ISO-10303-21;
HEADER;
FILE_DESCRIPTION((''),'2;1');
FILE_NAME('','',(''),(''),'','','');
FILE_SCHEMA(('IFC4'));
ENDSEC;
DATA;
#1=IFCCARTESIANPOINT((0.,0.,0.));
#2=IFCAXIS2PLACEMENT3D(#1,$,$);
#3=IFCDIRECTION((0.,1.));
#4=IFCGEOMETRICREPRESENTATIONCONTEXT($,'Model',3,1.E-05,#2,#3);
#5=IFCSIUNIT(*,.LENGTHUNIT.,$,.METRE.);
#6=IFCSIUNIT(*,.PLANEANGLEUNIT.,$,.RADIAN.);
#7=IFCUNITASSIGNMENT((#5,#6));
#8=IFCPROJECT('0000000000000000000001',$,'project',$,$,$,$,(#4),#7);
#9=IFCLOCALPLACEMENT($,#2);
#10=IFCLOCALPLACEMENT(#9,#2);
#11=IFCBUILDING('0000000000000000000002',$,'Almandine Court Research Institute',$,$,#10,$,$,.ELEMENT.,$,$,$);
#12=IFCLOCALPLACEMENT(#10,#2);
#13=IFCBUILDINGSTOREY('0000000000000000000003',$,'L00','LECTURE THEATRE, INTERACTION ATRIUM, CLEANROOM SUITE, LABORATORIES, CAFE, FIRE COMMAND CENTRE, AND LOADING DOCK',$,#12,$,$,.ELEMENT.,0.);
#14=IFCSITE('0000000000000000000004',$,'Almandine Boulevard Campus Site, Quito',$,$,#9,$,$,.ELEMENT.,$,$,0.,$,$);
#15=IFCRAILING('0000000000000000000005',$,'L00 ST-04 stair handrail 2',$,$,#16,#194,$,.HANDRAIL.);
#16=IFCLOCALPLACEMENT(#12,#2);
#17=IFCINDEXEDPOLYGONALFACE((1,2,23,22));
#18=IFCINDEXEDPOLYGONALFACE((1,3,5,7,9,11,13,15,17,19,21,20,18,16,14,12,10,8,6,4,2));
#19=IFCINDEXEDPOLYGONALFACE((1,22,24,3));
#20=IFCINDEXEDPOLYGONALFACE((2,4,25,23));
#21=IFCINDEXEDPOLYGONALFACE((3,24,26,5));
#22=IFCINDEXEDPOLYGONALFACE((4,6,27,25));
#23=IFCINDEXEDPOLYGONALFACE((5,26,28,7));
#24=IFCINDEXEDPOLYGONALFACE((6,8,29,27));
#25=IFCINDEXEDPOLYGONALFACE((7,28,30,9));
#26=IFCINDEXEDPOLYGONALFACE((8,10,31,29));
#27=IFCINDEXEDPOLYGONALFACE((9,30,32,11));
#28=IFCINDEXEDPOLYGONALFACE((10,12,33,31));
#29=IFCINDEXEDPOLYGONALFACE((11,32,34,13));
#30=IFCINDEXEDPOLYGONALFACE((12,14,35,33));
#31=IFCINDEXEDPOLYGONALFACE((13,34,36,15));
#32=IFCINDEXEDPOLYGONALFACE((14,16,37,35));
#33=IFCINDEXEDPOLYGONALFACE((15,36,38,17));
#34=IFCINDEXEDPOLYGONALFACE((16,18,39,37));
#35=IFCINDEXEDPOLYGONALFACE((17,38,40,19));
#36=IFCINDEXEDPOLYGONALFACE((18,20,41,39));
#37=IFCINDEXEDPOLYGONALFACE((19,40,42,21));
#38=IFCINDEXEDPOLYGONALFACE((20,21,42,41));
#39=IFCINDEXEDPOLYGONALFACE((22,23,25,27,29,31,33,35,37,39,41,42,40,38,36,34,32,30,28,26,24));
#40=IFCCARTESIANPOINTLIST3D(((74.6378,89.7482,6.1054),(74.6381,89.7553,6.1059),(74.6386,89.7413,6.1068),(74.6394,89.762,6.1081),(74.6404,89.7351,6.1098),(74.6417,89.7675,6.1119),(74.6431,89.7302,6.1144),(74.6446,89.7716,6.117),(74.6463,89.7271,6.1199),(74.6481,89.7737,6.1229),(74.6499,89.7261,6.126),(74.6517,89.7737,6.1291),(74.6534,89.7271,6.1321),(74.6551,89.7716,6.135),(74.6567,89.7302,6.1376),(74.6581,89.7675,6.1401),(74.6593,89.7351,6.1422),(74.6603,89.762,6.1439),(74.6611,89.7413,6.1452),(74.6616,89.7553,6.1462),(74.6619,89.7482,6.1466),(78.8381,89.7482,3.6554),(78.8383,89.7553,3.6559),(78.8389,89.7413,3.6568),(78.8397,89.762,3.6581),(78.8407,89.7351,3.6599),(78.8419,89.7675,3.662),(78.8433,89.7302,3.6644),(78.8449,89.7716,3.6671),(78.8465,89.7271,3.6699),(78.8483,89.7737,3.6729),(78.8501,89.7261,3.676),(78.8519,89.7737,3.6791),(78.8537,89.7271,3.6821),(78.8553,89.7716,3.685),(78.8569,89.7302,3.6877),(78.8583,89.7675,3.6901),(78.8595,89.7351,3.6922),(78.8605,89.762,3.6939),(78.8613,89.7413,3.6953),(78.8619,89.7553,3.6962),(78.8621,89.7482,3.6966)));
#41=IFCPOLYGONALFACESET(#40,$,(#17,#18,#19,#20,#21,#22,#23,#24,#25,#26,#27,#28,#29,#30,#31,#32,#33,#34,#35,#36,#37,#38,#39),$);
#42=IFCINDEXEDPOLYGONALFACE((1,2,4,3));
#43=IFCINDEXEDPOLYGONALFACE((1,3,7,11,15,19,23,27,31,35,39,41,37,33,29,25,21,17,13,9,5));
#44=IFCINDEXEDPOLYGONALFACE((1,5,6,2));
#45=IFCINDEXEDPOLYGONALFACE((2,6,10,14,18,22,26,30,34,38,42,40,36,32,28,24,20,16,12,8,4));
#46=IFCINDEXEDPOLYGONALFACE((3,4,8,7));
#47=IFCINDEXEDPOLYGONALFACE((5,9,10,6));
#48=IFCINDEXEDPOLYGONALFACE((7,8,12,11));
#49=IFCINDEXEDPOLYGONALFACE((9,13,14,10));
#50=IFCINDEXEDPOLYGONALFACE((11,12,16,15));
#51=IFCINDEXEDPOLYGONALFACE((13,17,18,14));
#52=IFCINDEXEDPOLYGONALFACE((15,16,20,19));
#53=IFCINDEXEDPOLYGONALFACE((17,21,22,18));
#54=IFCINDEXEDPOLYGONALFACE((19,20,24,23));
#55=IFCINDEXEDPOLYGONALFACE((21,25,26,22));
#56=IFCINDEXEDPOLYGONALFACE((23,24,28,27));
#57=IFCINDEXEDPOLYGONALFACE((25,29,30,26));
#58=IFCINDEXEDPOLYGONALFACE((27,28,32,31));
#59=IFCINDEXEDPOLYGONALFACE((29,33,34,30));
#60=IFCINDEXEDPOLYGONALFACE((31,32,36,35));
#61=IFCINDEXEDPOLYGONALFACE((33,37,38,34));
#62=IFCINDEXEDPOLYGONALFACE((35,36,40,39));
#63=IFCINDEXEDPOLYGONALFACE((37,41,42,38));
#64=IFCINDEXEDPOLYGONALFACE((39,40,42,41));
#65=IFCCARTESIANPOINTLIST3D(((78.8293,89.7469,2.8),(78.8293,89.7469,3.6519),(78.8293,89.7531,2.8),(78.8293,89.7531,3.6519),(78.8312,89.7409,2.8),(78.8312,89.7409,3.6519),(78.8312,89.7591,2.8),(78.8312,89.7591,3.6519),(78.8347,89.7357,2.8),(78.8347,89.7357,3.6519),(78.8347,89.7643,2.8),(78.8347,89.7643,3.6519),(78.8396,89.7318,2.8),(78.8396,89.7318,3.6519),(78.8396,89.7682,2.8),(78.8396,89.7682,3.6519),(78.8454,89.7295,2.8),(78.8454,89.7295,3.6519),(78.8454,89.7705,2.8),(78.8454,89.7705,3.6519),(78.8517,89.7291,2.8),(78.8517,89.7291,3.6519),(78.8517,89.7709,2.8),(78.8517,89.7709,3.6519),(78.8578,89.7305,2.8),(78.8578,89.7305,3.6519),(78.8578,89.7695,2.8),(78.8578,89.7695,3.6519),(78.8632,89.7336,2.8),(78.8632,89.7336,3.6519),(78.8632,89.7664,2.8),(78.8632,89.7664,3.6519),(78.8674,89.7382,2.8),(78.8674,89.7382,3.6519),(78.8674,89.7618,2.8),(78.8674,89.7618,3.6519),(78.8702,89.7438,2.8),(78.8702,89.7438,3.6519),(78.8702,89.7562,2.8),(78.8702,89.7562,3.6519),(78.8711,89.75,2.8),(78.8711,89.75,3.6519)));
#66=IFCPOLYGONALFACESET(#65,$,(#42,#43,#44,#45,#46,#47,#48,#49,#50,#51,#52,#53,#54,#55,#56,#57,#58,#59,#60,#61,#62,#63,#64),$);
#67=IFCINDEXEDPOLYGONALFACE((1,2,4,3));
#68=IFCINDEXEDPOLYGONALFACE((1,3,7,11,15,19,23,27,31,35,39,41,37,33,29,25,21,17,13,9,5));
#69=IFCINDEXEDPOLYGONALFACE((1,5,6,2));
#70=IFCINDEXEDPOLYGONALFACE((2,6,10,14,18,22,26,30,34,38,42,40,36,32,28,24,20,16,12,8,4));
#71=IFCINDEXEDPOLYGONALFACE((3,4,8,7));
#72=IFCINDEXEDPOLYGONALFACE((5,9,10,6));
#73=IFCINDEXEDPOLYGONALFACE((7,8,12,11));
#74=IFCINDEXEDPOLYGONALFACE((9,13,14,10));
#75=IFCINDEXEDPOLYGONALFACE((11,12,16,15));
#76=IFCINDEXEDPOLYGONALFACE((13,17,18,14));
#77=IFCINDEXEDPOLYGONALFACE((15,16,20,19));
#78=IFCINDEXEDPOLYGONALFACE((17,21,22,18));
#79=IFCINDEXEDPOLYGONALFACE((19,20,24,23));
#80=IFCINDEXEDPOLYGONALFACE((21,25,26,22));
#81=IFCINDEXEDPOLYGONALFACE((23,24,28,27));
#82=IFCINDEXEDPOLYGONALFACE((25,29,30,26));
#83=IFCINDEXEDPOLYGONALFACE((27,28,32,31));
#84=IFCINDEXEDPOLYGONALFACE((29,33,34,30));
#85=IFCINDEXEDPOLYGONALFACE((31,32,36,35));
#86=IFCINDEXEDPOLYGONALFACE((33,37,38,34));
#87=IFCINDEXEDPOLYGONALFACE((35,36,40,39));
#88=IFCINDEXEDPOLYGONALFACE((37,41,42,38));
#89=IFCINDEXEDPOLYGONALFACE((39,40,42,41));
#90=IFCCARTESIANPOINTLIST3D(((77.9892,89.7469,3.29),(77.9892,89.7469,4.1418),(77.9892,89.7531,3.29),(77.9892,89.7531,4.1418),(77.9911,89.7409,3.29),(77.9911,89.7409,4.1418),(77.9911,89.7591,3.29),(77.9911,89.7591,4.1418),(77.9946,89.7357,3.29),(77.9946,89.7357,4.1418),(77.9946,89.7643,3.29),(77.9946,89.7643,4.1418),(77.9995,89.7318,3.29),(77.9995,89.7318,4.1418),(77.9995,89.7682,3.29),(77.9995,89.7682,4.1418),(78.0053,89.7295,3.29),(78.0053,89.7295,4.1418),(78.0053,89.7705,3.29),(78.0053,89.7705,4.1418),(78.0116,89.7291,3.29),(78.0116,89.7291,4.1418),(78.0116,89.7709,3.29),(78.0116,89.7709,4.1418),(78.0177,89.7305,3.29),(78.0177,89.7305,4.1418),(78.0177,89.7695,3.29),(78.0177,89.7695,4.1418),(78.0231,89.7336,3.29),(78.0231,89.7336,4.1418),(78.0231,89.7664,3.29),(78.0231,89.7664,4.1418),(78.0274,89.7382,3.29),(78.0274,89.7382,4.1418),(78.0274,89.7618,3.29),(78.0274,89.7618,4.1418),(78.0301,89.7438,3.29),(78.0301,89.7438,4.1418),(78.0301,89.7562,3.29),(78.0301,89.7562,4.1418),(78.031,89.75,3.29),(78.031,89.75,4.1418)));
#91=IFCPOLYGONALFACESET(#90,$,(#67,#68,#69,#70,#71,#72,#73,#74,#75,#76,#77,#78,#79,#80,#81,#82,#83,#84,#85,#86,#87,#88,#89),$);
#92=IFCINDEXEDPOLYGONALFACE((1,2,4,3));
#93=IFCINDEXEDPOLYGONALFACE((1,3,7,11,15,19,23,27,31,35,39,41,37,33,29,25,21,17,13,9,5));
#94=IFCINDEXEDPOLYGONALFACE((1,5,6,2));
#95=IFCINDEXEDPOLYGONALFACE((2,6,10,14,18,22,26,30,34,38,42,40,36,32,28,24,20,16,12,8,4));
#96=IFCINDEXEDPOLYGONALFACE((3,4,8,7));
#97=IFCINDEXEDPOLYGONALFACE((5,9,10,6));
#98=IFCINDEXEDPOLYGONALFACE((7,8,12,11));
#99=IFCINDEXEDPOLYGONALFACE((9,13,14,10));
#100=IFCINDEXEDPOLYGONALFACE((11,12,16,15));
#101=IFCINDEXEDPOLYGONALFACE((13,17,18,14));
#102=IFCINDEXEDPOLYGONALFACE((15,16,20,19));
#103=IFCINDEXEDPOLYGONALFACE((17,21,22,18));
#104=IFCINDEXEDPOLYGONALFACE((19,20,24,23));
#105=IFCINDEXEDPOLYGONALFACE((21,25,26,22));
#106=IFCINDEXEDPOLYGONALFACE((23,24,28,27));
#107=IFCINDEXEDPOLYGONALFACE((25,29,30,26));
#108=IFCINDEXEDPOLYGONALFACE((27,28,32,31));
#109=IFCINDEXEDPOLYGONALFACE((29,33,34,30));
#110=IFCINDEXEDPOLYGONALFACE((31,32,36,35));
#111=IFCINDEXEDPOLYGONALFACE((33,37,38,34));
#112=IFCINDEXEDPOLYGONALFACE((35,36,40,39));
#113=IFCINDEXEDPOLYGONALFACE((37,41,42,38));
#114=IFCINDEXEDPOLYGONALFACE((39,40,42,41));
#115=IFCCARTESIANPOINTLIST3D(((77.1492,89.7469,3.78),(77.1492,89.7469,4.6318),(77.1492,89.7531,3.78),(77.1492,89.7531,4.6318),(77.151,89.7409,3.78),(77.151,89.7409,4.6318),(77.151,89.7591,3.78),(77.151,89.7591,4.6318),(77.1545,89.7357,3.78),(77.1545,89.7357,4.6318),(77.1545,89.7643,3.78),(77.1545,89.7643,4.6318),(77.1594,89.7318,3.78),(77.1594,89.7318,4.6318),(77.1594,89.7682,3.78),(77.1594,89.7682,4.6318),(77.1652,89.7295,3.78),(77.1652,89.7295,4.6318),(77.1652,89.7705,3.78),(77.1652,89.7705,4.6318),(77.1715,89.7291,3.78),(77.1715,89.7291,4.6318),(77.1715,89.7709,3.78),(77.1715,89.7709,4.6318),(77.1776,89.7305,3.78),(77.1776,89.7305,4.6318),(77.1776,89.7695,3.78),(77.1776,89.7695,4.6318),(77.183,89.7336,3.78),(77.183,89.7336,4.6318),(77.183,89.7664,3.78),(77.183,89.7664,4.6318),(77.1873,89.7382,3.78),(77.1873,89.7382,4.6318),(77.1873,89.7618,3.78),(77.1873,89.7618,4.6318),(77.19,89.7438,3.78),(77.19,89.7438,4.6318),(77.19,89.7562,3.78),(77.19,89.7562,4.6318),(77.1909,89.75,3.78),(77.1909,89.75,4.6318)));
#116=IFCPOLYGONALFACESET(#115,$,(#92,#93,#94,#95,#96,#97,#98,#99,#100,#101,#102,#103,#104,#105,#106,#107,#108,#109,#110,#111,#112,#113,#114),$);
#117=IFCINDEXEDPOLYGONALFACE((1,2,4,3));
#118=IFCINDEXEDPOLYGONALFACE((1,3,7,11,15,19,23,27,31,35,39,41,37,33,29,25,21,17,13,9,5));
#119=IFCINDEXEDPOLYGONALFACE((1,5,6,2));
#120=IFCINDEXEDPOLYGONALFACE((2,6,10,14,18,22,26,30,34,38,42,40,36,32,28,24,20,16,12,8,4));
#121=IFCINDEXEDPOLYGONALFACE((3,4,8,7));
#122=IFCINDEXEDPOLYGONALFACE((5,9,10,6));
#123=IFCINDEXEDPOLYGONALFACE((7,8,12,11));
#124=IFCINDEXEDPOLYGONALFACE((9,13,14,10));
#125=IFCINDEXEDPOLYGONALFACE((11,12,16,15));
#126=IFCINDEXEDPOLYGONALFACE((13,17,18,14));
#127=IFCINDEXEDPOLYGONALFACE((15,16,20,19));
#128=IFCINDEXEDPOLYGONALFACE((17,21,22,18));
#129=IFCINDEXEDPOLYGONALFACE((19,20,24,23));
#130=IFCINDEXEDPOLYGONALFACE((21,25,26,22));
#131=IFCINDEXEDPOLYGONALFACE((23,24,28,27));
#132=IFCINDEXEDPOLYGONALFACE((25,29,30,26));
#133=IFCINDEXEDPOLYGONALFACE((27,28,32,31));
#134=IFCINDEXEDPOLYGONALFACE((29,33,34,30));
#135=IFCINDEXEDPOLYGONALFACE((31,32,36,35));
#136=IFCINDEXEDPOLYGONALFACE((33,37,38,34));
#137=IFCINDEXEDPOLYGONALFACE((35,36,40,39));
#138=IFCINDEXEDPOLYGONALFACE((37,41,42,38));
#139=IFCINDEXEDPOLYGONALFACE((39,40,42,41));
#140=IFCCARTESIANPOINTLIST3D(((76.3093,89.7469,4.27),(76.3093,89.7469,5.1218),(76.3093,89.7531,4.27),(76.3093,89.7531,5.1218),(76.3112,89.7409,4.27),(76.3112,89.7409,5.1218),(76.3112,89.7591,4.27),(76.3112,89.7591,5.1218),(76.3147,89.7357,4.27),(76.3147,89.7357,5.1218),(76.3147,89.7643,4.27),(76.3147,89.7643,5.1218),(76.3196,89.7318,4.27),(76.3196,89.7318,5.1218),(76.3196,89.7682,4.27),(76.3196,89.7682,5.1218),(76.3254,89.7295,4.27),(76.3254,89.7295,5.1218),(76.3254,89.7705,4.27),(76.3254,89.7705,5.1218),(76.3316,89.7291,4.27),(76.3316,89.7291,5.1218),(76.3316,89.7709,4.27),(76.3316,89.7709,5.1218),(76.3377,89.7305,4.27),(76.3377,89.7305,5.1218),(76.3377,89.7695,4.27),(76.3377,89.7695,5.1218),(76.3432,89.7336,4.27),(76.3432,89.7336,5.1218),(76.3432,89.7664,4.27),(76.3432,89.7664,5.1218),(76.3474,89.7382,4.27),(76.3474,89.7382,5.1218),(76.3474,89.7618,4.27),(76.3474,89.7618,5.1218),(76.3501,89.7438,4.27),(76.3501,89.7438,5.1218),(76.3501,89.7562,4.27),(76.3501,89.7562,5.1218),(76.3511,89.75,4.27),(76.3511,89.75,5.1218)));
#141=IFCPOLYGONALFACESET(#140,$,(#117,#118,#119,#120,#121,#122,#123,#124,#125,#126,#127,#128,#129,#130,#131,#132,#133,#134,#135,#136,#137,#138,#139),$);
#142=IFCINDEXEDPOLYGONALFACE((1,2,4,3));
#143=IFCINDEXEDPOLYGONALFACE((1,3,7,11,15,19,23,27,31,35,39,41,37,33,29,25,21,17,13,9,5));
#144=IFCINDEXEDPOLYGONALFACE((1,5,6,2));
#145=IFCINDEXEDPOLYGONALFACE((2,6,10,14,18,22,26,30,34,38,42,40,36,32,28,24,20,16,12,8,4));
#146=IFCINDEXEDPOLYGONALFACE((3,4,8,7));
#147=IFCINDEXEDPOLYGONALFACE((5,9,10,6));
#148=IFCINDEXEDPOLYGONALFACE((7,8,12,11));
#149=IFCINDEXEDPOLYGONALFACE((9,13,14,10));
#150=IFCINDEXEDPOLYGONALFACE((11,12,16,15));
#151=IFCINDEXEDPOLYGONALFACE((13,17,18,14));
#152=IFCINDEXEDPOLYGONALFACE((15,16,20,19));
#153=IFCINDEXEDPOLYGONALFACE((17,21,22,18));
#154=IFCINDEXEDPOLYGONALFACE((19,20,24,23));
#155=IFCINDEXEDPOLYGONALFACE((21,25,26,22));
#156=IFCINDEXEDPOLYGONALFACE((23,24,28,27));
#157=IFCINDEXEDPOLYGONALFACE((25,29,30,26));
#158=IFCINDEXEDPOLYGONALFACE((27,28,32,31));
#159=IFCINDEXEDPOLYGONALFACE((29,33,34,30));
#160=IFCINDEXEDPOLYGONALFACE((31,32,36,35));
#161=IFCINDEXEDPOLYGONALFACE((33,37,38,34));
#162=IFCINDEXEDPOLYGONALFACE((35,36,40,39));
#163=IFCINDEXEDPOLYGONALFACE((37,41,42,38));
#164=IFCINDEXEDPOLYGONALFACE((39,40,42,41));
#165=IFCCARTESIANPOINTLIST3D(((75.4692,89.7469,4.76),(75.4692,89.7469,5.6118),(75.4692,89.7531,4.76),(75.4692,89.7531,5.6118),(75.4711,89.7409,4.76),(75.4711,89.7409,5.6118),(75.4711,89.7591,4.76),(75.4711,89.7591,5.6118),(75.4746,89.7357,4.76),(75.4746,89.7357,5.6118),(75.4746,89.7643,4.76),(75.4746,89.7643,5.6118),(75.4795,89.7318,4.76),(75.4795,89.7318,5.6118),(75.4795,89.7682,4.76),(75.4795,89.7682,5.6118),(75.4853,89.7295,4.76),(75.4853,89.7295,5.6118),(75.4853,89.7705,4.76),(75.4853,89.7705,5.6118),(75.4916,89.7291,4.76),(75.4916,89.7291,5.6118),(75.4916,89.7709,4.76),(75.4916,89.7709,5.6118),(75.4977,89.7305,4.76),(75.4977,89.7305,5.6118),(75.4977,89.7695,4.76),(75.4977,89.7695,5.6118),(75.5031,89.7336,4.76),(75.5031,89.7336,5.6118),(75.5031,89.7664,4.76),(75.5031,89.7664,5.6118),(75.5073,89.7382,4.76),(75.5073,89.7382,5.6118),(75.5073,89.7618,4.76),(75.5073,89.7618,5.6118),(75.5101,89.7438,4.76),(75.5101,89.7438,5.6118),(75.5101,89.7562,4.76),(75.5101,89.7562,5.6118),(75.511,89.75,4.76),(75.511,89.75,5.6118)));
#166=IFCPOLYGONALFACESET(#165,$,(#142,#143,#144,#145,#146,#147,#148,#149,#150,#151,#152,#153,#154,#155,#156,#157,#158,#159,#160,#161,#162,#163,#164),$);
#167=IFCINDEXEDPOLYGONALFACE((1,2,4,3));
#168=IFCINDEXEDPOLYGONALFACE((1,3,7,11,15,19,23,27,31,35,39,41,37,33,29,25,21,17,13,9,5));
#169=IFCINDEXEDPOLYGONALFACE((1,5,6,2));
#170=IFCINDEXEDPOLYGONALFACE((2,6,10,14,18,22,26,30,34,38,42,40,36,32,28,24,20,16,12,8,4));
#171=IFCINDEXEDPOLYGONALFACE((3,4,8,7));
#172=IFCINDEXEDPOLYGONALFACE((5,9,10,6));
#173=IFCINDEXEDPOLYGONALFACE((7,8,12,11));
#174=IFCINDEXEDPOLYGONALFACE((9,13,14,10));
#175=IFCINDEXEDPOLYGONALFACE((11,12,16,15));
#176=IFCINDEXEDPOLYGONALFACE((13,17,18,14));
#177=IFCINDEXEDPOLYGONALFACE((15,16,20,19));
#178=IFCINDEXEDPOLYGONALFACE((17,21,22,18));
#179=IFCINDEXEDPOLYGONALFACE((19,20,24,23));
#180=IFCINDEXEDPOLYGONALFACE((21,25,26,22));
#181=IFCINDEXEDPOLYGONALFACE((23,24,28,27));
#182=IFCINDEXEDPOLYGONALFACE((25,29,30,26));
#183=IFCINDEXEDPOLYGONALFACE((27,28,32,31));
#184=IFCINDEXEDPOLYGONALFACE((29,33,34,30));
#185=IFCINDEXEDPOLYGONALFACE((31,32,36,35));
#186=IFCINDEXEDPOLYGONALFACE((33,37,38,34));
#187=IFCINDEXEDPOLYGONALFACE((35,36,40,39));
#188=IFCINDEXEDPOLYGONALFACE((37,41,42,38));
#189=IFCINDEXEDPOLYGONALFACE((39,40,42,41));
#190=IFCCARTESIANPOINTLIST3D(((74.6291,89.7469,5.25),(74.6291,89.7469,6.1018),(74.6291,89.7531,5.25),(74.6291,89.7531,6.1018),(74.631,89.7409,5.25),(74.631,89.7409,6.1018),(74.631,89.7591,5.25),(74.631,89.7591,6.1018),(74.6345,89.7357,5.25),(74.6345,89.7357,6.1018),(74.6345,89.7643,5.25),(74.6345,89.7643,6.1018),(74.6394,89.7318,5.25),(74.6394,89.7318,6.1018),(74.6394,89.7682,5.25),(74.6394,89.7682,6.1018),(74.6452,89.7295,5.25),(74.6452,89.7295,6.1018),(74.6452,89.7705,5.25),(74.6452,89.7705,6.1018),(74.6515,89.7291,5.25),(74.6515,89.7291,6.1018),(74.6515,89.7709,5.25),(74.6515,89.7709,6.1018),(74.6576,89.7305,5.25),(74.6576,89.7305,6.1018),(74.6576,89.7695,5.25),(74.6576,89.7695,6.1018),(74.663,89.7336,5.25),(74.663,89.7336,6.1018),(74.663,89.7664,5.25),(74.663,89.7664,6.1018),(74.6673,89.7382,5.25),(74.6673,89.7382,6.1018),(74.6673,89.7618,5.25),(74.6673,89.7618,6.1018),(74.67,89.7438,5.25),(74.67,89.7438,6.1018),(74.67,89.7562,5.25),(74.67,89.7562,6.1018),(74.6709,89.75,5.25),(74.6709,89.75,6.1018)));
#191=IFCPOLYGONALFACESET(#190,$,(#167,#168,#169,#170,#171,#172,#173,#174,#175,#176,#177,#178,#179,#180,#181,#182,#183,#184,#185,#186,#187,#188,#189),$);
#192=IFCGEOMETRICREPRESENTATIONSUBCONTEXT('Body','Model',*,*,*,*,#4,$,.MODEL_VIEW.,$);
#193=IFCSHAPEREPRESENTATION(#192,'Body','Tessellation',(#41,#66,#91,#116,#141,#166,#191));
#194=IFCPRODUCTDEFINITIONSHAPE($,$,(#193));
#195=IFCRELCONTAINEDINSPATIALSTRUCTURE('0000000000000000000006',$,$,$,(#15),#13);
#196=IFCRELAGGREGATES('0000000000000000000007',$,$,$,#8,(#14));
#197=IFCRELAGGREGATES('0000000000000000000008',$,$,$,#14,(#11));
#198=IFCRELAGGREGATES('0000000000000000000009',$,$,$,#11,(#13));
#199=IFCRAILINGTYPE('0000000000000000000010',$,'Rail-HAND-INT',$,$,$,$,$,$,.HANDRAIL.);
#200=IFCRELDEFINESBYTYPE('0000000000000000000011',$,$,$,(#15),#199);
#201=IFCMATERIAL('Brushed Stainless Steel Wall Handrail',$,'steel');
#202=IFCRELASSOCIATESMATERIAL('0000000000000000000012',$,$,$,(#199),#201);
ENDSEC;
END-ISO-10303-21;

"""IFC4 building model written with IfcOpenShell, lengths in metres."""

from ifc_helpers import new_model, si_unit, direction, frame, origin, origin_2d, place, context, subcontext, project, spatial, circle, extrude, material, type_object, element, save


model = new_model("IFC4")

# Units and contexts
model_context = context("Model", 3, precision=1e-05, world=origin(), true_north=direction((0.0, 1.0)))
body_context = subcontext(model_context, "Body", "Model", "MODEL_VIEW")
ifc_project = project(units=[si_unit("LENGTHUNIT", "METRE"), si_unit("PLANEANGLEUNIT", "RADIAN")], contexts=[model_context])

# Site, building, storey
site_placement = place(None, origin())
site = spatial("IfcSite", under=ifc_project, at=site_placement, Name="Almandine Boulevard Campus Site, Quito", CompositionType="ELEMENT", RefElevation=0.0)
building_placement = place(site_placement, origin())
building = spatial("IfcBuilding", under=site, at=building_placement, Name="Almandine Court Research Institute", CompositionType="ELEMENT")
storey_placement = place(building_placement, origin())
storey = spatial("IfcBuildingStorey", under=building, at=storey_placement, Name="L00", Description="LECTURE THEATRE, INTERACTION ATRIUM, CLEANROOM SUITE, LABORATORIES, CAFE, FIRE COMMAND CENTRE, AND LOADING DOCK", CompositionType="ELEMENT", Elevation=0.0)

# Railing
ifc_material_1 = material(Name="Brushed Stainless Steel Wall Handrail", Category="steel")
railing_type_1 = type_object("IfcRailingType", Name="Rail-HAND-INT", PredefinedType="HANDRAIL", material=ifc_material_1)
railing_1_placement = place(storey_placement, frame((78.8501, 89.75, 2.8)))
element("IfcRailing", 1, at=railing_1_placement, inside=storey, type_object=railing_type_1, Name="L00 ST-04 stair handrail 2", PredefinedType="HANDRAIL", context=body_context, shape_type="SweptSolid", body=[
    extrude(circle(Radius=0.0239, at=origin_2d()), frame((0.0, 0.0, 0.876), z_axis=(-0.863793, 0.0, 0.503846), x_axis=(0.0, -1.0, 0.0)), (0.0, 0.0, 1.0), 4.8625),
    extrude(circle(Radius=0.021, at=origin_2d()), origin(), (0.0, 0.0, 1.0), 0.8518),
    extrude(circle(Radius=0.021, at=origin_2d()), frame((-0.8401, 0.0, 0.49)), (0.0, 0.0, 1.0), 0.8518),
    extrude(circle(Radius=0.021, at=origin_2d()), frame((-1.6802, 0.0, 0.98)), (0.0, 0.0, 1.0), 0.8518),
    extrude(circle(Radius=0.021, at=origin_2d()), frame((-2.52, 0.0, 1.47)), (0.0, 0.0, 1.0), 0.8518),
    extrude(circle(Radius=0.021, at=origin_2d()), frame((-3.3601, 0.0, 1.96)), (0.0, 0.0, 1.0), 0.8518),
    extrude(circle(Radius=0.021, at=origin_2d()), frame((-4.2002, 0.0, 2.45)), (0.0, 0.0, 1.0), 0.8518),
])

save(model, "model.ifc")
